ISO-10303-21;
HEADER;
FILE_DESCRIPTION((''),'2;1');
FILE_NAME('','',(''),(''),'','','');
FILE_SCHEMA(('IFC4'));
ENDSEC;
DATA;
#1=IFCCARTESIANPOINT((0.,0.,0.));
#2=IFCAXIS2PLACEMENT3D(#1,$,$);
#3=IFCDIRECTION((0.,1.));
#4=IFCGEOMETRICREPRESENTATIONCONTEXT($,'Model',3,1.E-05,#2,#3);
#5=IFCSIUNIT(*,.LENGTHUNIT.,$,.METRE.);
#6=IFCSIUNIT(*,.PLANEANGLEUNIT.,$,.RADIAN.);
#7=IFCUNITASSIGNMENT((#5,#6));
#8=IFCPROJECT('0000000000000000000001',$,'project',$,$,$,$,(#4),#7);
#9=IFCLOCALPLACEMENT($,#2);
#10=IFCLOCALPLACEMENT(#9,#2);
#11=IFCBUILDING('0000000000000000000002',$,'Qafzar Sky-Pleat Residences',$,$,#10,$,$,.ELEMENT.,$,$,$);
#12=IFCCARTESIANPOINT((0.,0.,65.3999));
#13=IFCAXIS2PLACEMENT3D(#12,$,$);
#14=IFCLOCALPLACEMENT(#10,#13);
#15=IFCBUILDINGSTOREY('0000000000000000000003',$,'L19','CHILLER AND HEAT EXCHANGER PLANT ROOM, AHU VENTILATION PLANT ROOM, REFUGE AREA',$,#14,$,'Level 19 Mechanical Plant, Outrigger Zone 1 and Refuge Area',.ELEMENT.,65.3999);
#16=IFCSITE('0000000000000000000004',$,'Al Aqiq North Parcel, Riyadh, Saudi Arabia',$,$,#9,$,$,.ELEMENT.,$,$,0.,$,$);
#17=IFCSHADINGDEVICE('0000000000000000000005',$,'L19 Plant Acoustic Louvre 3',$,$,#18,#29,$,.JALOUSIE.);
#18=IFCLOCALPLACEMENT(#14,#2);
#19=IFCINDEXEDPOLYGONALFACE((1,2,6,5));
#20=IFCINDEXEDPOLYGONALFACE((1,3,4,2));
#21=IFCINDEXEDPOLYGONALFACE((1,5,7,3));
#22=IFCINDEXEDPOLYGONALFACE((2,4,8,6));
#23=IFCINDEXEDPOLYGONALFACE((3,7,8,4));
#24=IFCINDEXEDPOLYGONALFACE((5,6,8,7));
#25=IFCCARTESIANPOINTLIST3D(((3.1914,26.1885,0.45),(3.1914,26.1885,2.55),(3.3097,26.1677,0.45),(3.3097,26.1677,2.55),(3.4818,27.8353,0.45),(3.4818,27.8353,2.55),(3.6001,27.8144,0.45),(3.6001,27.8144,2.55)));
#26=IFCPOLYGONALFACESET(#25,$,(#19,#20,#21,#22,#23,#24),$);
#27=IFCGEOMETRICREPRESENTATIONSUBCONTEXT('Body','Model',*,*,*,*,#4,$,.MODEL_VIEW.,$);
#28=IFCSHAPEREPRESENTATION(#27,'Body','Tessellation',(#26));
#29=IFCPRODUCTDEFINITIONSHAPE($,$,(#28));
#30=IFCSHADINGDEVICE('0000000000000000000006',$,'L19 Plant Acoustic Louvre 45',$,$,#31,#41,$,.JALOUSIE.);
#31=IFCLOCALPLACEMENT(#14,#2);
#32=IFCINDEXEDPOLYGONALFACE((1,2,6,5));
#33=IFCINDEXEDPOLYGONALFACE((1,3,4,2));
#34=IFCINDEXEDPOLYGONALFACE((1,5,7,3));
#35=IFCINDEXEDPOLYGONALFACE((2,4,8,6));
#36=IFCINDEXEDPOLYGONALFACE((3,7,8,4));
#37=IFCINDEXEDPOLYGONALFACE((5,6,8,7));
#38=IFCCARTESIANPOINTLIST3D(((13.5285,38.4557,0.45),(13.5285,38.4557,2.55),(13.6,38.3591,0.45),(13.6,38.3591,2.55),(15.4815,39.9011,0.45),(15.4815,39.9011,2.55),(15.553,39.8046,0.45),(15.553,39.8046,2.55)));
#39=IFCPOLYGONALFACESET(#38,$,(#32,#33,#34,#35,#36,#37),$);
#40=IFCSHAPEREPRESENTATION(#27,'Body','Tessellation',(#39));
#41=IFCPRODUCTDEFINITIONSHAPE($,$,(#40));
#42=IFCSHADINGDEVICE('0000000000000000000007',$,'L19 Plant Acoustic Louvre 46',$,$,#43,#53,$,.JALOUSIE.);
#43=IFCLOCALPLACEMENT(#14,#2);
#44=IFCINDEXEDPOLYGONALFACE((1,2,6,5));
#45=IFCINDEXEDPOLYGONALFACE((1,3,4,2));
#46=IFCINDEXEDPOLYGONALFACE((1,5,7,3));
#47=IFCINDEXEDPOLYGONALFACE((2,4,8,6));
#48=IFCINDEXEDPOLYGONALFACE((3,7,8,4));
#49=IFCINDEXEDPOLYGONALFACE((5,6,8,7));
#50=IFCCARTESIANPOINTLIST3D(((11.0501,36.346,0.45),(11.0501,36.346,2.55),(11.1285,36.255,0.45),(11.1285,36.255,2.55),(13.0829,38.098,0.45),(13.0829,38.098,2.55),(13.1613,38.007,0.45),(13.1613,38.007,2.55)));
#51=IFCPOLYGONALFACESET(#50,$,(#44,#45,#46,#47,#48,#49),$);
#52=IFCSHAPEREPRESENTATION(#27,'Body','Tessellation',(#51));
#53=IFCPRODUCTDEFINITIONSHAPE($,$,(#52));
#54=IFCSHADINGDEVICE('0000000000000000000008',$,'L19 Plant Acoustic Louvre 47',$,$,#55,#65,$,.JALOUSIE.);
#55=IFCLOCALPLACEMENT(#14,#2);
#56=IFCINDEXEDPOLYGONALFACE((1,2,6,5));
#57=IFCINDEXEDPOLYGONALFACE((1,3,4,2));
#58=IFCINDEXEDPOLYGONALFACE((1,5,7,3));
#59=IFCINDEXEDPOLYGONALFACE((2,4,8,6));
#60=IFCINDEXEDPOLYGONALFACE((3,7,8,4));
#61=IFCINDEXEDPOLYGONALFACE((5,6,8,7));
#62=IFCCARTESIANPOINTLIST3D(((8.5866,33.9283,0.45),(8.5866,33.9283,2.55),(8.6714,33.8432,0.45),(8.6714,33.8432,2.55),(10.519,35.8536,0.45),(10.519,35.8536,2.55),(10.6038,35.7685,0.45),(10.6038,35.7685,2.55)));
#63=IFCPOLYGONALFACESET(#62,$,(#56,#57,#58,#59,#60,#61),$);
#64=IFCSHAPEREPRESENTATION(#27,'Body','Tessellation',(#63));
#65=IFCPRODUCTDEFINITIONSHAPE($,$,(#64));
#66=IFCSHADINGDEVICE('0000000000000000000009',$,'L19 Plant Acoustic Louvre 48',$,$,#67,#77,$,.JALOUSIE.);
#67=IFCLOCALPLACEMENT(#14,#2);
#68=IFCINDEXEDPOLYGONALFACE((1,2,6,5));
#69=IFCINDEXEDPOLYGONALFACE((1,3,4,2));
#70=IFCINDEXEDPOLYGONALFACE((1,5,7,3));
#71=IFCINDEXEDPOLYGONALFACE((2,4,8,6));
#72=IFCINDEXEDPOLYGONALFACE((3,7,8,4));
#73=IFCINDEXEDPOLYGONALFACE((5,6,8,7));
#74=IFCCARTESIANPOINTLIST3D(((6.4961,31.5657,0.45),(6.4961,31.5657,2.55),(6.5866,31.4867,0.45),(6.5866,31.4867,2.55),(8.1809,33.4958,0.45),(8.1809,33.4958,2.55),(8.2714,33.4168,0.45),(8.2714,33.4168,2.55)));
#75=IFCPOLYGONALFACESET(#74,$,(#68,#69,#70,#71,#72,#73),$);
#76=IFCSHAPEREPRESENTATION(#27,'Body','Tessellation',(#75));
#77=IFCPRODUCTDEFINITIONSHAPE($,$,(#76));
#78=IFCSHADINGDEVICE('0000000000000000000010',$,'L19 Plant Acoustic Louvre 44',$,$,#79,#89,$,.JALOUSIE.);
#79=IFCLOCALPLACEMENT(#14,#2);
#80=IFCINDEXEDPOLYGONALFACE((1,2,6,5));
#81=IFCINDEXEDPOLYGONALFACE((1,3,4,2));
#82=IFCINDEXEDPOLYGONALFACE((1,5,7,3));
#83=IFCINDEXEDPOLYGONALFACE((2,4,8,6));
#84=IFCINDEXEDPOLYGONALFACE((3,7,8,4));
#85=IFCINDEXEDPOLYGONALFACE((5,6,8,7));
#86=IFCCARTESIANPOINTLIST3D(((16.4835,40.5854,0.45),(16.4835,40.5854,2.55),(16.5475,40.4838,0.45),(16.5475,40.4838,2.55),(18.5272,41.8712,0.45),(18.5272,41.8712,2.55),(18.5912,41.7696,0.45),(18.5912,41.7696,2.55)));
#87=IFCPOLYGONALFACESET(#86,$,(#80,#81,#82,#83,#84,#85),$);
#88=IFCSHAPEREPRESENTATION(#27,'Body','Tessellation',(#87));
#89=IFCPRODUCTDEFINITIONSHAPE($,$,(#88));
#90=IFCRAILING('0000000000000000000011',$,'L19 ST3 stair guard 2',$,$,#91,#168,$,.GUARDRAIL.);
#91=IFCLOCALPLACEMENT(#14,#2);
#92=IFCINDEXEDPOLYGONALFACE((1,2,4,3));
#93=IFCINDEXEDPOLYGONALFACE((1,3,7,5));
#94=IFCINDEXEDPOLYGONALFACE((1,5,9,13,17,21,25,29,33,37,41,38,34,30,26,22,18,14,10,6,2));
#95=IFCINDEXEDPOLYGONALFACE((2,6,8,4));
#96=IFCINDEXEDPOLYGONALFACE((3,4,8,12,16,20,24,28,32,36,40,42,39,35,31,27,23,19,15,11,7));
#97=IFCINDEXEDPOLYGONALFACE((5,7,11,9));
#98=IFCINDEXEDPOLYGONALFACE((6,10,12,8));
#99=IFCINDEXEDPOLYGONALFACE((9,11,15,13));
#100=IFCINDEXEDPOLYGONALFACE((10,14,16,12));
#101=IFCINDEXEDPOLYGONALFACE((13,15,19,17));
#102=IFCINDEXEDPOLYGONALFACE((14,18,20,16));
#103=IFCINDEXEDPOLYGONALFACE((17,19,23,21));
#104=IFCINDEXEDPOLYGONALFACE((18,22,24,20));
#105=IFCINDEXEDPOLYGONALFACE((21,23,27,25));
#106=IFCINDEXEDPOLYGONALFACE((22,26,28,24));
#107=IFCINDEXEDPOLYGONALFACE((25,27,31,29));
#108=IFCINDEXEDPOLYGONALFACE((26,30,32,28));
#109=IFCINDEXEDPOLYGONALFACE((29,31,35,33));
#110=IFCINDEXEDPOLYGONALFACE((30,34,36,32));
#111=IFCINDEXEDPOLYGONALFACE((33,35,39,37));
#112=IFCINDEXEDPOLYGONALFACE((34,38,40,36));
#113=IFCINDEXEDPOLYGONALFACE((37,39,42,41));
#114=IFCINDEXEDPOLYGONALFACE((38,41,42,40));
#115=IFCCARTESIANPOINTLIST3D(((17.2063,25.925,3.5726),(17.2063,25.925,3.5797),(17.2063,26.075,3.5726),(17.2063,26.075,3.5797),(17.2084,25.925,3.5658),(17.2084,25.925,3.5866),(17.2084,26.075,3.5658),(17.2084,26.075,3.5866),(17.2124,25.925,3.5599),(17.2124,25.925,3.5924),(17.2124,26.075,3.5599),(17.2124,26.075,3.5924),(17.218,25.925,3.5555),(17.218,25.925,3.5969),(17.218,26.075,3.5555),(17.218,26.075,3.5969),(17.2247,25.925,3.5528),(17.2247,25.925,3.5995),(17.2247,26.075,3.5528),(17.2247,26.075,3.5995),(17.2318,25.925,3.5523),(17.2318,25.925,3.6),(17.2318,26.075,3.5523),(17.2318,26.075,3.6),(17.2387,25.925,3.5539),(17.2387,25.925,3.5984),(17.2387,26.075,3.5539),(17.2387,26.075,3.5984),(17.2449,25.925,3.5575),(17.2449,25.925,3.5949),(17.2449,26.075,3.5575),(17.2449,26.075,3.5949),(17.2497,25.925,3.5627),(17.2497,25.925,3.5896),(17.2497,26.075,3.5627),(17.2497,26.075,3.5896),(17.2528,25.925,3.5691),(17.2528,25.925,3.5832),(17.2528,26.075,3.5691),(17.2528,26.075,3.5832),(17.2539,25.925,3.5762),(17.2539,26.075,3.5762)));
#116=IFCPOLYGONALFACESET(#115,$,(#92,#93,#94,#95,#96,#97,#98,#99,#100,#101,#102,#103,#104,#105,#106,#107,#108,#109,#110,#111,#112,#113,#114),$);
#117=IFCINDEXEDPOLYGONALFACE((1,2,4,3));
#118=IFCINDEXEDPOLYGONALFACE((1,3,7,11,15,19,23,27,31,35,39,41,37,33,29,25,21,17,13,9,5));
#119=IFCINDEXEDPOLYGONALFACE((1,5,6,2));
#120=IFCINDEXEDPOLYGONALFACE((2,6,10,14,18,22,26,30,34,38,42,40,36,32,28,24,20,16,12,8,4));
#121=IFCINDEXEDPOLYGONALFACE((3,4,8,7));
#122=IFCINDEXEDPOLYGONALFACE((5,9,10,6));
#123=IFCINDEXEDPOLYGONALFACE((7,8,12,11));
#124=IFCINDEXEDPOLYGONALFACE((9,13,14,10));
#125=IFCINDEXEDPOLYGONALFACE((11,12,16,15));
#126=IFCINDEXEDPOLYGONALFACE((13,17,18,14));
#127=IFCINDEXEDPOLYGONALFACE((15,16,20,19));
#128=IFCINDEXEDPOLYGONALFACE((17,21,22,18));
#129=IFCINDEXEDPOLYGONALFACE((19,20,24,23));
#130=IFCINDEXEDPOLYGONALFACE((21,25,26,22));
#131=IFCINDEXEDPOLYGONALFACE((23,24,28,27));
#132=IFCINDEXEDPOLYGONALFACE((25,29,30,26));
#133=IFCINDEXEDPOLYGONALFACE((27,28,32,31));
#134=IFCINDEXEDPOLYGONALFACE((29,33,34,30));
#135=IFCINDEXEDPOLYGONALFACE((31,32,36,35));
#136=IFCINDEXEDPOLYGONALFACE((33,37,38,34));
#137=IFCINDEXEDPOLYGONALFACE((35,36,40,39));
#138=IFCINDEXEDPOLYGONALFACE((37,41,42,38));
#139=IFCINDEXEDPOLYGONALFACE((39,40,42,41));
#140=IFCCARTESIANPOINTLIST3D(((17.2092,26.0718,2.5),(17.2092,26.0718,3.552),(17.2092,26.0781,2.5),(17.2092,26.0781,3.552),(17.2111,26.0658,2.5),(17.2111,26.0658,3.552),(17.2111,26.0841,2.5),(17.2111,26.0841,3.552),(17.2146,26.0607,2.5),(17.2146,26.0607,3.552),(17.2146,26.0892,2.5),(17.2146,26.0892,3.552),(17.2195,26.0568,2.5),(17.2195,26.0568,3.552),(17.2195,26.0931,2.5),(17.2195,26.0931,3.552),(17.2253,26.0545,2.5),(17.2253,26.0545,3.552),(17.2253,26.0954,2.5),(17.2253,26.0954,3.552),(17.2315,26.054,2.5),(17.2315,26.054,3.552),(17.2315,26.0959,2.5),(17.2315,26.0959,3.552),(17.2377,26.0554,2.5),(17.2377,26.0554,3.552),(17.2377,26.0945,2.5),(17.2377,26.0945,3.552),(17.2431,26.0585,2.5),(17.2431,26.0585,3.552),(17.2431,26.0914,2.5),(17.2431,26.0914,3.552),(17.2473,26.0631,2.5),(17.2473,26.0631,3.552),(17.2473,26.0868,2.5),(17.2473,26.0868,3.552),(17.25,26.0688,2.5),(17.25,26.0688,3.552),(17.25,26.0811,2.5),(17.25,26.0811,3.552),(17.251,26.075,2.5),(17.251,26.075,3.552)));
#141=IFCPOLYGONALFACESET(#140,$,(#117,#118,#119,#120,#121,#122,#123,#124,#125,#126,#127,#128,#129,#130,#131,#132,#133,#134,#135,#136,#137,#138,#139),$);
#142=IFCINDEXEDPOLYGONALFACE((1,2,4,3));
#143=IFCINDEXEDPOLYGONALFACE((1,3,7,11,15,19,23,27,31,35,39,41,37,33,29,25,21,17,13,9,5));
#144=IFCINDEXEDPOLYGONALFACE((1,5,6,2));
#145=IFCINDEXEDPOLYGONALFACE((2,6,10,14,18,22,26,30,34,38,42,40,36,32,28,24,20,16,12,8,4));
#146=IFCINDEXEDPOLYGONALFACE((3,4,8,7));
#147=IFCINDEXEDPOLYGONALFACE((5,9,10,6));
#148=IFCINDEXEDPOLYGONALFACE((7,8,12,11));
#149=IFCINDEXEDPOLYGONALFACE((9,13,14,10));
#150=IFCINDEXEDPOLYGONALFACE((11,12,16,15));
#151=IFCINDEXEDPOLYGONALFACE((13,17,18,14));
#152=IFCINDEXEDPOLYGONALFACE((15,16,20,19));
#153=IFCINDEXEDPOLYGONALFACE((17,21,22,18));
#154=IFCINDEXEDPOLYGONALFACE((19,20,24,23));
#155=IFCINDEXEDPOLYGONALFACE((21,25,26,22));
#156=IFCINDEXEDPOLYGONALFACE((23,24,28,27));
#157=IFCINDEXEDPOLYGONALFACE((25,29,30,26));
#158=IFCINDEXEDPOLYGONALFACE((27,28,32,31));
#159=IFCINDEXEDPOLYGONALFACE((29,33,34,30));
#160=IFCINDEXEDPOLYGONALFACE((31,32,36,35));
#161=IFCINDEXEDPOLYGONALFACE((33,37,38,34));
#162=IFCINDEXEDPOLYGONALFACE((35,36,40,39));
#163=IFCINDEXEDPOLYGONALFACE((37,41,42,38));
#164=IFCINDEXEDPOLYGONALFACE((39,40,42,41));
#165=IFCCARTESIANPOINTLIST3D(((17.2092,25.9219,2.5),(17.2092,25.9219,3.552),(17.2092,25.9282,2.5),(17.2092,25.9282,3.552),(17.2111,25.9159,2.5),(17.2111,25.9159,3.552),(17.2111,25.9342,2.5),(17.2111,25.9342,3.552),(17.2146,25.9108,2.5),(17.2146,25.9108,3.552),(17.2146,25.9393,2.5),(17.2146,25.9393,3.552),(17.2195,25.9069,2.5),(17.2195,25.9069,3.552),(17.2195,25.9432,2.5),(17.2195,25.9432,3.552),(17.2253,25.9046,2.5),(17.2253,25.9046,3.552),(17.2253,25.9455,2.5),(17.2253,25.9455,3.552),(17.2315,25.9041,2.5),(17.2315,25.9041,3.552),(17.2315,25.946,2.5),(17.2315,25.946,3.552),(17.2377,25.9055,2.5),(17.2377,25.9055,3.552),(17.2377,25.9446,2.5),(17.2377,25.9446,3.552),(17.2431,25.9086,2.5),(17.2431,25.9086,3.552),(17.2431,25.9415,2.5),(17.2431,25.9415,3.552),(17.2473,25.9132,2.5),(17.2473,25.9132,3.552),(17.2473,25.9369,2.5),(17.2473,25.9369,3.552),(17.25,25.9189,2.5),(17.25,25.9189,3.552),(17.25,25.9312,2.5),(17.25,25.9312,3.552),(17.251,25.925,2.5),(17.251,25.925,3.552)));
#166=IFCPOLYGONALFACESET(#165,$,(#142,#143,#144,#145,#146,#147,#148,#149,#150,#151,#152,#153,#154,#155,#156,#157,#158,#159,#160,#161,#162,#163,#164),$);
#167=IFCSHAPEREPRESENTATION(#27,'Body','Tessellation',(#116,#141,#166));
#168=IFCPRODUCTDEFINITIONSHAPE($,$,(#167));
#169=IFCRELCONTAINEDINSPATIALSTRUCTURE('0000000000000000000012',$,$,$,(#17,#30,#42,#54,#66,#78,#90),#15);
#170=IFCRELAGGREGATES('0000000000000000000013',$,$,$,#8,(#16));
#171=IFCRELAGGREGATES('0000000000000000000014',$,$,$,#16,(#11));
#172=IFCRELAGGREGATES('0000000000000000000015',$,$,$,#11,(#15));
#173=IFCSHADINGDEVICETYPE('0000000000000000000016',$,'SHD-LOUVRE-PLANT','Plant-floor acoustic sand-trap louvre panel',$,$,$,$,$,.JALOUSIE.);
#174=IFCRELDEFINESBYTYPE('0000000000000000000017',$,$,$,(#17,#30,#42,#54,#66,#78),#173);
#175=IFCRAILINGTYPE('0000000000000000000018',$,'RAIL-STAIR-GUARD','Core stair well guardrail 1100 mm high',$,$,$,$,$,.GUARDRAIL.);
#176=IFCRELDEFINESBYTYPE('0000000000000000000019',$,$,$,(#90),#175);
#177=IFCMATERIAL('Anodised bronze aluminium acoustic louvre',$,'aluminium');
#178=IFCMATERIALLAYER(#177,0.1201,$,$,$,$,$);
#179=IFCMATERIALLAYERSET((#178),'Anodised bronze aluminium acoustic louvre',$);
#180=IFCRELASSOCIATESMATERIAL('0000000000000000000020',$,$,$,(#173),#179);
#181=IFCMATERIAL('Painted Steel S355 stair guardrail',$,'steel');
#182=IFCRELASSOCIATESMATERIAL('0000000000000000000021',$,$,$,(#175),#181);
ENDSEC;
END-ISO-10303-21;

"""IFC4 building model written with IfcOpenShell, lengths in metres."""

from ifc_helpers import new_model, si_unit, direction, frame, origin, origin_2d, place, context, subcontext, project, spatial, rectangle, circle, extrude, source, transform, mapped, material, layer, layer_set, type_object, element, save


model = new_model("IFC4")

# Units and contexts
model_context = context("Model", 3, precision=1e-05, world=origin(), true_north=direction((0.0, 1.0)))
body_context = subcontext(model_context, "Body", "Model", "MODEL_VIEW")
ifc_project = project(units=[si_unit("LENGTHUNIT", "METRE"), si_unit("PLANEANGLEUNIT", "RADIAN")], contexts=[model_context])

# Site, building, storey
site_placement = place(None, origin())
site = spatial("IfcSite", under=ifc_project, at=site_placement, Name="Al Aqiq North Parcel, Riyadh, Saudi Arabia", CompositionType="ELEMENT", RefElevation=0.0)
building_placement = place(site_placement, origin())
building = spatial("IfcBuilding", under=site, at=building_placement, Name="Qafzar Sky-Pleat Residences", CompositionType="ELEMENT")
storey_placement = place(building_placement, frame((0.0, 0.0, 65.3999)))
storey = spatial("IfcBuildingStorey", under=building, at=storey_placement, Name="L19", Description="CHILLER AND HEAT EXCHANGER PLANT ROOM, AHU VENTILATION PLANT ROOM, REFUGE AREA", LongName="Level 19 Mechanical Plant, Outrigger Zone 1 and Refuge Area", CompositionType="ELEMENT", Elevation=65.3999)

# Shading devices
ifc_material_1 = material(Name="Anodised bronze aluminium acoustic louvre", Category="aluminium")
ifc_layer_1 = layer(ifc_material_1, 0.1201)
ifc_layer_set_1 = layer_set([ifc_layer_1], Name="Anodised bronze aluminium acoustic louvre")
shading_device_type = type_object("IfcShadingDeviceType", Name="SHD-LOUVRE-PLANT", Description="Plant-floor acoustic sand-trap louvre panel", PredefinedType="JALOUSIE", material=ifc_layer_set_1)
shared_shape_1 = source(origin(), body_context, "Body", "SweptSolid", [
    extrude(rectangle(XDim=1.6721, YDim=0.1201, at=origin_2d()), origin(), (0.0, 0.0, 1.0), 2.1001),
])
shading_device_1_placement = place(storey_placement, frame((3.3958, 27.0015, 0.45), z_axis=(0.0, 0.0, 1.0), x_axis=(-0.173663, -0.984805, 0.0)))
element("IfcShadingDevice", 1, at=shading_device_1_placement, inside=storey, type_object=shading_device_type, Name="L19 Plant Acoustic Louvre 3", PredefinedType="JALOUSIE", context=body_context, shape_type="MappedRepresentation", body=[
    mapped(shared_shape_1, transform((0.0, 0.0, 0.0), x_axis=(1.0, 0.0, 0.0), y_axis=(0.0, 1.0, 0.0), z_axis=(0.0, 0.0, 1.0), scale=1.0)),
])
shared_shape_2 = source(origin(), body_context, "Body", "SweptSolid", [
    extrude(rectangle(XDim=2.4297, YDim=0.1201, at=origin_2d()), origin(), (0.0, 0.0, 1.0), 2.1001),
])
shading_device_2_placement = place(storey_placement, frame((14.5408, 39.1301, 0.45), z_axis=(0.0, 0.0, 1.0), x_axis=(-0.803804, -0.594894, 0.0)))
element("IfcShadingDevice", 2, at=shading_device_2_placement, inside=storey, type_object=shading_device_type, Name="L19 Plant Acoustic Louvre 45", PredefinedType="JALOUSIE", context=body_context, shape_type="MappedRepresentation", body=[
    mapped(shared_shape_2, transform((0.0, 0.0, 0.0), x_axis=(1.0, 0.0, 0.0), y_axis=(0.0, 1.0, 0.0), z_axis=(0.0, 0.0, 1.0), scale=1.0)),
])
shared_shape_3 = source(origin(), body_context, "Body", "SweptSolid", [
    extrude(rectangle(XDim=2.6836, YDim=0.1201, at=origin_2d()), origin(), (0.0, 0.0, 1.0), 2.1001),
])
shading_device_3_placement = place(storey_placement, frame((12.1057, 37.1765, 0.45), z_axis=(0.0, 0.0, 1.0), x_axis=(-0.757486, -0.652851, 0.0)))
element("IfcShadingDevice", 3, at=shading_device_3_placement, inside=storey, type_object=shading_device_type, Name="L19 Plant Acoustic Louvre 46", PredefinedType="JALOUSIE", context=body_context, shape_type="MappedRepresentation", body=[
    mapped(shared_shape_3, transform((0.0, 0.0, 0.0), x_axis=(1.0, 0.0, 0.0), y_axis=(0.0, 1.0, 0.0), z_axis=(0.0, 0.0, 1.0), scale=1.0)),
])
shared_shape_4 = source(origin(), body_context, "Body", "SweptSolid", [
    extrude(rectangle(XDim=2.7278, YDim=0.1201, at=origin_2d()), origin(), (0.0, 0.0, 1.0), 2.1001),
])
shading_device_4_placement = place(storey_placement, frame((9.5952, 34.8484, 0.45), z_axis=(0.0, 0.0, 1.0), x_axis=(-0.708396, -0.705815, 0.0)))
element("IfcShadingDevice", 4, at=shading_device_4_placement, inside=storey, type_object=shading_device_type, Name="L19 Plant Acoustic Louvre 47", PredefinedType="JALOUSIE", context=body_context, shape_type="MappedRepresentation", body=[
    mapped(shared_shape_4, transform((0.0, 0.0, 0.0), x_axis=(1.0, 0.0, 0.0), y_axis=(0.0, 1.0, 0.0), z_axis=(0.0, 0.0, 1.0), scale=1.0)),
])
shared_shape_5 = source(origin(), body_context, "Body", "SweptSolid", [
    extrude(rectangle(XDim=2.562, YDim=0.1201, at=origin_2d()), origin(), (0.0, 0.0, 1.0), 2.1001),
])
shading_device_5_placement = place(storey_placement, frame((7.3838, 32.4912, 0.45), z_axis=(0.0, 0.0, 1.0), x_axis=(-0.657613, -0.753356, 0.0)))
element("IfcShadingDevice", 5, at=shading_device_5_placement, inside=storey, type_object=shading_device_type, Name="L19 Plant Acoustic Louvre 48", PredefinedType="JALOUSIE", context=body_context, shape_type="MappedRepresentation", body=[
    mapped(shared_shape_5, transform((0.0, 0.0, 0.0), x_axis=(1.0, 0.0, 0.0), y_axis=(0.0, 1.0, 0.0), z_axis=(0.0, 0.0, 1.0), scale=1.0)),
])
shared_shape_6 = source(origin(), body_context, "Body", "SweptSolid", [
    extrude(rectangle(XDim=2.4146, YDim=0.1201, at=origin_2d()), origin(), (0.0, 0.0, 1.0), 2.1001),
])
shading_device_6_placement = place(storey_placement, frame((17.5374, 41.1775, 0.45), z_axis=(0.0, 0.0, 1.0), x_axis=(-0.846414, -0.532525, 0.0)))
element("IfcShadingDevice", 6, at=shading_device_6_placement, inside=storey, type_object=shading_device_type, Name="L19 Plant Acoustic Louvre 44", PredefinedType="JALOUSIE", context=body_context, shape_type="MappedRepresentation", body=[
    mapped(shared_shape_6, transform((0.0, 0.0, 0.0), x_axis=(1.0, 0.0, 0.0), y_axis=(0.0, 1.0, 0.0), z_axis=(0.0, 0.0, 1.0), scale=1.0)),
])

# Railing
ifc_material_2 = material(Name="Painted Steel S355 stair guardrail", Category="steel")
railing_type = type_object("IfcRailingType", Name="RAIL-STAIR-GUARD", Description="Core stair well guardrail 1100 mm high", PredefinedType="GUARDRAIL", material=ifc_material_2)
shared_shape_7 = source(origin(), body_context, "Body", "SweptSolid", [
    extrude(circle(Radius=0.0239, at=origin_2d()), frame((0.0, 0.0, 1.0762), z_axis=(0.0, -1.0, 0.0), x_axis=(1.0, 0.0, 0.0)), (0.0, 0.0, 1.0), 0.1499),
    extrude(circle(Radius=0.021, at=origin_2d()), origin(), (0.0, 0.0, 1.0), 1.052),
    extrude(circle(Radius=0.021, at=origin_2d()), frame((0.0, -0.1499, 0.0)), (0.0, 0.0, 1.0), 1.052),
])
railing_1_placement = place(storey_placement, frame((17.23, 26.075, 2.5)))
element("IfcRailing", 7, at=railing_1_placement, inside=storey, type_object=railing_type, Name="L19 ST3 stair guard 2", PredefinedType="GUARDRAIL", context=body_context, shape_type="MappedRepresentation", body=[
    mapped(shared_shape_7, transform((0.0, 0.0, 0.0), x_axis=(1.0, 0.0, 0.0), y_axis=(0.0, 1.0, 0.0), z_axis=(0.0, 0.0, 1.0), scale=1.0)),
])

save(model, "model.ifc")
